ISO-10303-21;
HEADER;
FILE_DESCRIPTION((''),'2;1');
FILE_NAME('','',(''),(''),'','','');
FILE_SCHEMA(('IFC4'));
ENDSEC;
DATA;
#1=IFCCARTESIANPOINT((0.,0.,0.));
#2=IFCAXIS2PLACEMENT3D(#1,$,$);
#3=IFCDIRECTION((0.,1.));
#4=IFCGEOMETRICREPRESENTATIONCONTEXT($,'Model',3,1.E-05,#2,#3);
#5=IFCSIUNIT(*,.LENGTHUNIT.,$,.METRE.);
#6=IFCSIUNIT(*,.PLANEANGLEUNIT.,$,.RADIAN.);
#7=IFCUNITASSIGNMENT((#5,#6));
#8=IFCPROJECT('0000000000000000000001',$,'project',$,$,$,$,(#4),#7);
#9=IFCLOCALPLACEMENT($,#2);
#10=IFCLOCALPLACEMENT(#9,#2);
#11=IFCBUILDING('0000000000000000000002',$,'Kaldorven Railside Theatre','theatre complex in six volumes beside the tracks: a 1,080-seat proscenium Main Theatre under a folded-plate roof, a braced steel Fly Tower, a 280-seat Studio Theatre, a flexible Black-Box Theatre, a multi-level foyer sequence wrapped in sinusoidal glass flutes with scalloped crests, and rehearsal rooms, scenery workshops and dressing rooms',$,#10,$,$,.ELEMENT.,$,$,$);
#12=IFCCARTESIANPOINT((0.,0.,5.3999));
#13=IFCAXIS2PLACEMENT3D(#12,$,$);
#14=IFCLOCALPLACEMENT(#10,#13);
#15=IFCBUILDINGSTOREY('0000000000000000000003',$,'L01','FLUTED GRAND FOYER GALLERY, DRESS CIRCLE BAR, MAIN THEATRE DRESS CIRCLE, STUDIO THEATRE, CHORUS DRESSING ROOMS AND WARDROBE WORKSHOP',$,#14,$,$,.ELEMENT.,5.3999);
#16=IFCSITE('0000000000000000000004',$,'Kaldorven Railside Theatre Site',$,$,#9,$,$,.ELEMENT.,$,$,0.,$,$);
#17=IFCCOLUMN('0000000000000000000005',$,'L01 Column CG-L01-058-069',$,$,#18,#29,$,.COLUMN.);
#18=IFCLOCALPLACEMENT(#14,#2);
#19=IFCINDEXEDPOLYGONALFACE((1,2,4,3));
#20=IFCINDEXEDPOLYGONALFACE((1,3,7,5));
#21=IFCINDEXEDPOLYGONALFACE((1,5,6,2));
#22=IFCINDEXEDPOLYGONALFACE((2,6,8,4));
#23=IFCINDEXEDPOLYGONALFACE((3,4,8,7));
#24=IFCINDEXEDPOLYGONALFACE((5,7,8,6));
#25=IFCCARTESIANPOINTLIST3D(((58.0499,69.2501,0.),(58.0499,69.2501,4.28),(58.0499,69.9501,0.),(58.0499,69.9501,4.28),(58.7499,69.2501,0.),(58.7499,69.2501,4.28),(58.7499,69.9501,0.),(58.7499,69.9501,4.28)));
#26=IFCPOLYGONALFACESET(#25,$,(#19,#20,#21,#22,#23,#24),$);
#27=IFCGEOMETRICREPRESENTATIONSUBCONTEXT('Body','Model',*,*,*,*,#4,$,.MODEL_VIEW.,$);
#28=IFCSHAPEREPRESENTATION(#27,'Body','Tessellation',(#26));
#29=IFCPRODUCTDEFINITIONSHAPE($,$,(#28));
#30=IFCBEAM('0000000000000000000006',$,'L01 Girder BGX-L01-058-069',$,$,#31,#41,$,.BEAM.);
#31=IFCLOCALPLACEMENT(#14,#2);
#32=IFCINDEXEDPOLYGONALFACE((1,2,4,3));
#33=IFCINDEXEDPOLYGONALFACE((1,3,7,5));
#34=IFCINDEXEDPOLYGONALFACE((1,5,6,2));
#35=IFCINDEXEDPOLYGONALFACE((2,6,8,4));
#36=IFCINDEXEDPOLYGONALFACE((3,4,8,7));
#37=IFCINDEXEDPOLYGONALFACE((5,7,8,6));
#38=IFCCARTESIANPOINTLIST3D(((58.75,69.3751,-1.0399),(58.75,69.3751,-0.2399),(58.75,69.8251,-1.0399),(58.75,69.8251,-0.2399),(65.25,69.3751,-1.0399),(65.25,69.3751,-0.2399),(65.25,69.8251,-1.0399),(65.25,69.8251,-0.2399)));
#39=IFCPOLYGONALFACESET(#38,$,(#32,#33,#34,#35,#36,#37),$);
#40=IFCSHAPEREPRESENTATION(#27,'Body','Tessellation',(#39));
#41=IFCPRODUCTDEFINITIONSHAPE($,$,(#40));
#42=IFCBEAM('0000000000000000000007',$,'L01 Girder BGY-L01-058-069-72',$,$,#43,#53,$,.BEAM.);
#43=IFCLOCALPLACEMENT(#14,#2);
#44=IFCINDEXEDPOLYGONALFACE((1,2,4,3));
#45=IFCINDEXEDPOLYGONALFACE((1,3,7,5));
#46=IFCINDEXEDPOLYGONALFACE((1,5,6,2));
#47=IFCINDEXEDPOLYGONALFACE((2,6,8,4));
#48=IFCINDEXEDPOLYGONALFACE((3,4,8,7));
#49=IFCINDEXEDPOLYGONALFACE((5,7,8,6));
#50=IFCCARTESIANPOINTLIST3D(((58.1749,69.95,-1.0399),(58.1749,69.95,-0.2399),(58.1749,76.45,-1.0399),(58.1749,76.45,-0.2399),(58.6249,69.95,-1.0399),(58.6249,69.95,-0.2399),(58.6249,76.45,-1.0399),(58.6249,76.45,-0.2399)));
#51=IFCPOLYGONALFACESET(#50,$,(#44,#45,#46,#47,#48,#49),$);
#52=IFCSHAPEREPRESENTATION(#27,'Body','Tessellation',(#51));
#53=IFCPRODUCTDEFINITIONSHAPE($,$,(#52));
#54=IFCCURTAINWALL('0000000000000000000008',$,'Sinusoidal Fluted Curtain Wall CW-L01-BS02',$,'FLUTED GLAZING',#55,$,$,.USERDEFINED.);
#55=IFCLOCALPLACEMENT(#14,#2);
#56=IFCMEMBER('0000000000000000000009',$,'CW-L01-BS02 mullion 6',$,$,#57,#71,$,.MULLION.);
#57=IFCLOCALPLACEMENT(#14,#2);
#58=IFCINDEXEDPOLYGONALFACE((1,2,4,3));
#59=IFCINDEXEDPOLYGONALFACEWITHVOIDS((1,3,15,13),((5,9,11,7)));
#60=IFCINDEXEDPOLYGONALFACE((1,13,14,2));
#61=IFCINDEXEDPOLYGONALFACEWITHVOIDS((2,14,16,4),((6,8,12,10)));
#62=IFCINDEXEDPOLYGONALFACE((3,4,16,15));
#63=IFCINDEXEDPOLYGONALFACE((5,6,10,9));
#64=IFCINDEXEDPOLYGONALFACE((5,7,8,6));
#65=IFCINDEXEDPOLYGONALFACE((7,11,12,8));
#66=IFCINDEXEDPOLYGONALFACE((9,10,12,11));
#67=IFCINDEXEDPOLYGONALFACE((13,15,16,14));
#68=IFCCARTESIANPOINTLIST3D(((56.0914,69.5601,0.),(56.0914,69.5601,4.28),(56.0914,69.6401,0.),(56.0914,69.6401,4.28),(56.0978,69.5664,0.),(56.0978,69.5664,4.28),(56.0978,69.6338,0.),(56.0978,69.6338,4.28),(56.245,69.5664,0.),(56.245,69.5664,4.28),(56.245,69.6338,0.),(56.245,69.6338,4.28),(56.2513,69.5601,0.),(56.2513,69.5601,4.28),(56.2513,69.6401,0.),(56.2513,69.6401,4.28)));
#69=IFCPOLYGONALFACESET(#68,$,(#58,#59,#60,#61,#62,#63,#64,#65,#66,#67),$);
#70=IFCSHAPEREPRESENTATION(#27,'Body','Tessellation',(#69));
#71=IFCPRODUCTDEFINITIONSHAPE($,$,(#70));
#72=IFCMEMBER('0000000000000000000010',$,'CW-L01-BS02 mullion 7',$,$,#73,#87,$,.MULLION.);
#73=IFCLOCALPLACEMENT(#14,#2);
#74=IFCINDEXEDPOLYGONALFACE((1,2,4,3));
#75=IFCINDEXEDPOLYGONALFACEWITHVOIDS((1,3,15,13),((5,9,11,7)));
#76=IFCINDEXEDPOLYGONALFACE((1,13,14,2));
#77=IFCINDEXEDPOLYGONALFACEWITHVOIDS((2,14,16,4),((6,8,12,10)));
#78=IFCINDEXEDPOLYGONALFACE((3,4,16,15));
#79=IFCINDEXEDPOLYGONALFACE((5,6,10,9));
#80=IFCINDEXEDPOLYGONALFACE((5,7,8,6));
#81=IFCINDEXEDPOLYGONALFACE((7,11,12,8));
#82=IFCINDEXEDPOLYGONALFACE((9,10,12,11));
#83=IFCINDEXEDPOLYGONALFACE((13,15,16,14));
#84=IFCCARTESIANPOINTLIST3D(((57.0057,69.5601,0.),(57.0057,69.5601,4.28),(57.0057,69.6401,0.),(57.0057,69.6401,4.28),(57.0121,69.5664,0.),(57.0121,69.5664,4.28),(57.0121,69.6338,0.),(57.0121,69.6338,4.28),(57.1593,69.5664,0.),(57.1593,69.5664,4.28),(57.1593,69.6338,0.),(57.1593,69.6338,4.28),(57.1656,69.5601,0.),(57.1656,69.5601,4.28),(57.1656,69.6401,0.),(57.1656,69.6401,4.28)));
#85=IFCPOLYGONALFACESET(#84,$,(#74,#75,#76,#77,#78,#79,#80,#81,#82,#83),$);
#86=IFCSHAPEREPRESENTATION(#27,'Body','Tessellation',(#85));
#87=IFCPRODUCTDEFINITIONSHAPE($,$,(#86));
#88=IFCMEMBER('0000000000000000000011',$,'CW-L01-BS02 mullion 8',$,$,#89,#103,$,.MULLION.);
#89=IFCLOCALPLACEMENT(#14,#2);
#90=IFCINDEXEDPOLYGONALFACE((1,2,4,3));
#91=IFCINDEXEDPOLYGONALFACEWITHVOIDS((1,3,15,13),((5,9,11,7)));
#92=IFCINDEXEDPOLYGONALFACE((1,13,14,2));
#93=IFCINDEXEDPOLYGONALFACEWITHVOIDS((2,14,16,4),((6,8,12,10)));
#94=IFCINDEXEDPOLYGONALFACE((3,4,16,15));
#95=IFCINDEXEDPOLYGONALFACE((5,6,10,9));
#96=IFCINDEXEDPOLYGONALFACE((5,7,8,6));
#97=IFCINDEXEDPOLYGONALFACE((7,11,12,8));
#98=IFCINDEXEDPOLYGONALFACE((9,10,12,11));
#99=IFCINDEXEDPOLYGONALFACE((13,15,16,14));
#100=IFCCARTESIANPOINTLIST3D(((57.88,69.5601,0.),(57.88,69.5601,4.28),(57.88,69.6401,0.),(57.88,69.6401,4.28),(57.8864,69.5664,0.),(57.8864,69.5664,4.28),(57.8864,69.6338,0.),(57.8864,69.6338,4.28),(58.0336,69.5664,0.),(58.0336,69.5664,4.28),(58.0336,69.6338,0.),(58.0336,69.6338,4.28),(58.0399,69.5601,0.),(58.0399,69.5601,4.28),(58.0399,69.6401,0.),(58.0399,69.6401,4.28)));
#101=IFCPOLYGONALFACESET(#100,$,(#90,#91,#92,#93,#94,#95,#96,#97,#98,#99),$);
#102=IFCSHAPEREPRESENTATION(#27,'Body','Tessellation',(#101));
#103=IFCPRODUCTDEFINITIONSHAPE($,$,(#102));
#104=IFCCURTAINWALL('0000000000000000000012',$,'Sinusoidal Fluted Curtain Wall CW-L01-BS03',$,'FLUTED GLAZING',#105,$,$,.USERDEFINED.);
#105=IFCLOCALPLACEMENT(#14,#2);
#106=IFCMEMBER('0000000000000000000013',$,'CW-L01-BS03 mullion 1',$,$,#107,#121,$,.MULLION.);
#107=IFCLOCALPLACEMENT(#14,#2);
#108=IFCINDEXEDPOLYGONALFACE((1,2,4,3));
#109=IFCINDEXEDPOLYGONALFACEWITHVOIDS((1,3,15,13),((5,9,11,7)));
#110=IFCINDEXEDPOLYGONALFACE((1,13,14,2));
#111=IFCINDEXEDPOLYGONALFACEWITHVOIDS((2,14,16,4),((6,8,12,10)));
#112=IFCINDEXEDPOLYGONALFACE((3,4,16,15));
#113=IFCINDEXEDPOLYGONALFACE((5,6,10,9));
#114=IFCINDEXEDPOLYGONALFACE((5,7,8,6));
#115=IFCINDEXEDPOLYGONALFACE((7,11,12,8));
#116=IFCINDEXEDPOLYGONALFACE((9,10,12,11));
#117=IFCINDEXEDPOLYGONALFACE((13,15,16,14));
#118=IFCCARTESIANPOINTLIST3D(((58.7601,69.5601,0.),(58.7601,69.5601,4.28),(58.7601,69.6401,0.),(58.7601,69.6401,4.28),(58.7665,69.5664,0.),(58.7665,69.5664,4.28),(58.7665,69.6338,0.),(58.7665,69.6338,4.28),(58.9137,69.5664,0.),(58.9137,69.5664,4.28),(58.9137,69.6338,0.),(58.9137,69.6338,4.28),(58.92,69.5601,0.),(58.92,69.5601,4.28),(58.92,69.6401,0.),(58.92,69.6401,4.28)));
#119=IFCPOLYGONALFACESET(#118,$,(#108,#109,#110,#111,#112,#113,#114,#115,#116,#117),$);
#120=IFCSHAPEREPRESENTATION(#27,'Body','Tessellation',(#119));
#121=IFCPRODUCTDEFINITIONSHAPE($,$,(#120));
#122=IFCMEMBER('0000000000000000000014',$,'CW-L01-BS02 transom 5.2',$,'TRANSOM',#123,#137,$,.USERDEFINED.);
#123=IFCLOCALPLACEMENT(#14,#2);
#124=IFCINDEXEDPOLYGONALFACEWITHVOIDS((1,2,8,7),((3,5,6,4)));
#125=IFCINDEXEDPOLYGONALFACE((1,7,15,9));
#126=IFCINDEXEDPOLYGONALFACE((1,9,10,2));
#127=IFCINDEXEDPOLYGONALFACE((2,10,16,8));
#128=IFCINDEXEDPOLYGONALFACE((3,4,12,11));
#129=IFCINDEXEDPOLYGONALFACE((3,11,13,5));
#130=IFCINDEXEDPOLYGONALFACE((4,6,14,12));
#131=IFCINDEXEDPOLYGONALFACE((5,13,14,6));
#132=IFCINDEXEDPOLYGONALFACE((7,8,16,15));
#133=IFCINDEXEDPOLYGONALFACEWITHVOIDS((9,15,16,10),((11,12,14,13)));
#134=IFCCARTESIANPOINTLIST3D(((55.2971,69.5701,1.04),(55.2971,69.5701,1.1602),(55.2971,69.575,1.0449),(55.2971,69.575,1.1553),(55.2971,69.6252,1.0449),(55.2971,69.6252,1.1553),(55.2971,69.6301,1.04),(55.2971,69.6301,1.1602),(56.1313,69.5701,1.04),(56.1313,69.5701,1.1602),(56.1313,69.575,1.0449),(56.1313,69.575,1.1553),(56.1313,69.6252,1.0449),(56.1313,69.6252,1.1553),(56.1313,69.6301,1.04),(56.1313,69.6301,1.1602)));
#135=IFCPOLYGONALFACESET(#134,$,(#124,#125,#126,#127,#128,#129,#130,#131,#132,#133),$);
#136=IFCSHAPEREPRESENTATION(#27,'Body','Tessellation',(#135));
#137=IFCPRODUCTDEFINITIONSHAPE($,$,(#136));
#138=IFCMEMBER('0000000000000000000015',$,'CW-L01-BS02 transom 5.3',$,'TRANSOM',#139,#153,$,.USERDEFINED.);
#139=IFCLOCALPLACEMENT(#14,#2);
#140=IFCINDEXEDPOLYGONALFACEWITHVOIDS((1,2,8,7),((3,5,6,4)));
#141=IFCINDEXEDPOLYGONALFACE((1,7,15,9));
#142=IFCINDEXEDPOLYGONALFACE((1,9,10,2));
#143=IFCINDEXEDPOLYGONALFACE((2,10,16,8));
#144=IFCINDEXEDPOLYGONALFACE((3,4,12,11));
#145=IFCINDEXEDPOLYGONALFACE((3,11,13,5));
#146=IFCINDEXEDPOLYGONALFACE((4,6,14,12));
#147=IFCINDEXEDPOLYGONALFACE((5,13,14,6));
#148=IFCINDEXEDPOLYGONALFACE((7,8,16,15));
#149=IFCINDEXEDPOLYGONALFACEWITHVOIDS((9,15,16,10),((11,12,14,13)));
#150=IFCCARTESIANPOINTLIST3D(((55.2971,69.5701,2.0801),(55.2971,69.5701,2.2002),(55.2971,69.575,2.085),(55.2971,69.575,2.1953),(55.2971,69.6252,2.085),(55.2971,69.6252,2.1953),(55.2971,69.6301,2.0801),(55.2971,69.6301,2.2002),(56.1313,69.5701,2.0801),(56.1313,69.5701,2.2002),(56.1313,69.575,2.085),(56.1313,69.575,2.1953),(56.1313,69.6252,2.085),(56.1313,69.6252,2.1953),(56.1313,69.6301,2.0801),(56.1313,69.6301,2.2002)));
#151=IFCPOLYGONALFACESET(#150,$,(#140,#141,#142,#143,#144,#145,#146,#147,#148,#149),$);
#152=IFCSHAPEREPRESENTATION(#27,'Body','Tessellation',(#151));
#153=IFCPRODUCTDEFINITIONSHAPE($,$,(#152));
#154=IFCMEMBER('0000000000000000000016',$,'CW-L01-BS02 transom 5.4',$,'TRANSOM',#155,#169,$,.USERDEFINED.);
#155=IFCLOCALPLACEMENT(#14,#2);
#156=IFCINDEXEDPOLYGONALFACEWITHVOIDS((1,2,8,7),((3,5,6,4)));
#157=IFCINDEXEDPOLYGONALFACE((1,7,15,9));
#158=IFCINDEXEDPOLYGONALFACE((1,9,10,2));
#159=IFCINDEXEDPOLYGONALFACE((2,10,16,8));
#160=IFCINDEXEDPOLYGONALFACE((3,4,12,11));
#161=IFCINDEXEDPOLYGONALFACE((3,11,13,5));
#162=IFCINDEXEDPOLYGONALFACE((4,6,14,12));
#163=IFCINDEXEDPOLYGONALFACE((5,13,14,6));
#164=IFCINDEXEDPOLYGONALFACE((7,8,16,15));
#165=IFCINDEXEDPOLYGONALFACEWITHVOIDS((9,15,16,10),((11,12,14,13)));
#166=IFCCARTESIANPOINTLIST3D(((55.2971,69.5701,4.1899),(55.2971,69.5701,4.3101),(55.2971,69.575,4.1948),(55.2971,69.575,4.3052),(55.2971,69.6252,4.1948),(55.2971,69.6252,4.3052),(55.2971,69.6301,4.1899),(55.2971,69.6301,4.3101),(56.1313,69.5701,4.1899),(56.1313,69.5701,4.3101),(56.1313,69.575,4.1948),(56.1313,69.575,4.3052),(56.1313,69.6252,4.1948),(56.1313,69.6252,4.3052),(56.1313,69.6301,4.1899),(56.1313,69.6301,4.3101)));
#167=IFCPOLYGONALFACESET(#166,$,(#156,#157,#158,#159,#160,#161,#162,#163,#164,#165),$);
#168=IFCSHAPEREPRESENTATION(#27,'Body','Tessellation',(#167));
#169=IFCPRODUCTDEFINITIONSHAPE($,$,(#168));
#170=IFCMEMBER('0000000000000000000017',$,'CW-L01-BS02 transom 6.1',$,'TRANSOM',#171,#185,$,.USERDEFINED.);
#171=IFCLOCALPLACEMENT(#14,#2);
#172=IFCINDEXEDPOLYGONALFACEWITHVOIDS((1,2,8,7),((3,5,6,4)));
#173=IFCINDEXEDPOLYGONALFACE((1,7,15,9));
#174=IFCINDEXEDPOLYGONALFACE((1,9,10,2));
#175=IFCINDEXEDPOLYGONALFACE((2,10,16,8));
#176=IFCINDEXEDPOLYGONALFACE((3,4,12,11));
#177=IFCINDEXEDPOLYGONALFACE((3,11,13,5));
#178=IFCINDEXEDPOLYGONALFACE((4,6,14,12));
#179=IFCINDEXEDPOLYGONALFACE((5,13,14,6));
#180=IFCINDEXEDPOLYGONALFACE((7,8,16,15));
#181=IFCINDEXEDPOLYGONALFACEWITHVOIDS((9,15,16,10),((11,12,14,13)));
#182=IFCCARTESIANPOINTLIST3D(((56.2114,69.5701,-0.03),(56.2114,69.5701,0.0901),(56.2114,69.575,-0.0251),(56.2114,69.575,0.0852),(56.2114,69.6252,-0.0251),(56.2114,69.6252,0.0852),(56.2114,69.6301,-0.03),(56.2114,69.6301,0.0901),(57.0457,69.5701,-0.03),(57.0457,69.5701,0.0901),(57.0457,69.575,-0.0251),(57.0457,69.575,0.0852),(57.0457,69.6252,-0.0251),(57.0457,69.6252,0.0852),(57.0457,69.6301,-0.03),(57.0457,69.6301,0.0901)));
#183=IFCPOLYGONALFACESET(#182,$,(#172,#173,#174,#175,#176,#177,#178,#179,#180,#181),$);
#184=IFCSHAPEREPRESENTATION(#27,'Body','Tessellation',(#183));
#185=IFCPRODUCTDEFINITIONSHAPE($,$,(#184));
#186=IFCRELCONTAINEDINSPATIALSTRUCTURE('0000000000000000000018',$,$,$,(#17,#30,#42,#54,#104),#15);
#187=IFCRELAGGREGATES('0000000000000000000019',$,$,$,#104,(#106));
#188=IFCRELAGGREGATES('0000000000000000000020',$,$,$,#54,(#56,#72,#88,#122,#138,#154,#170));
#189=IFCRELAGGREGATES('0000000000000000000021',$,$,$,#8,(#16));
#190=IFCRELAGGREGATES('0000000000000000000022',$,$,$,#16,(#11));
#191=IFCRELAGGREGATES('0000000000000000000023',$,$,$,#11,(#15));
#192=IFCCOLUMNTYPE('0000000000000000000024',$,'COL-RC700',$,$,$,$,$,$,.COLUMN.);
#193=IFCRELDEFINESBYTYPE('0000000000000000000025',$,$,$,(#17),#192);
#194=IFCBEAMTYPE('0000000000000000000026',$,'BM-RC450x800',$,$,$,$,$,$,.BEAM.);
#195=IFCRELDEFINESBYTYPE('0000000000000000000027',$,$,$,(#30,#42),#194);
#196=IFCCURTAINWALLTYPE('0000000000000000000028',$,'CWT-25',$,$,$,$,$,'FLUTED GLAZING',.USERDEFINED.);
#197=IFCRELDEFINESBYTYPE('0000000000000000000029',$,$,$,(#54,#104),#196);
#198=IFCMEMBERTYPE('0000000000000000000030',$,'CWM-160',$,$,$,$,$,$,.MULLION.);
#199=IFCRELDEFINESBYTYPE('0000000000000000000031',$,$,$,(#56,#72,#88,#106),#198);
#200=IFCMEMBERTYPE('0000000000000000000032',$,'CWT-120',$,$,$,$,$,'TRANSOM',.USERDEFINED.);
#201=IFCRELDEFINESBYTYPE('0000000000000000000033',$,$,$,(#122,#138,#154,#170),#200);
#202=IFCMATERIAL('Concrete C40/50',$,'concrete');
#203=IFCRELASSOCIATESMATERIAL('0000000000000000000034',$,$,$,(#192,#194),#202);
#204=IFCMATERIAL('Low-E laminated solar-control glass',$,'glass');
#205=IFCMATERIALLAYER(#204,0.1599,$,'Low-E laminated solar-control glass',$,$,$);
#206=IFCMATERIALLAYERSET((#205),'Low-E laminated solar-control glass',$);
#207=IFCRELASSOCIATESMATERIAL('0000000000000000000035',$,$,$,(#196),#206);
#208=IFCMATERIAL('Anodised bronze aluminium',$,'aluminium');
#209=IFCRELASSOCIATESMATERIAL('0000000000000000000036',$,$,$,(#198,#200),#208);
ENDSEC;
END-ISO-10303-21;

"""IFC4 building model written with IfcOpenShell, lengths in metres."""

from ifc_helpers import new_model, si_unit, direction, frame, origin, origin_2d, place, context, subcontext, project, spatial, rectangle, hollow_rectangle, extrude, material, layer, layer_set, material_profile, profile_set, type_object, element, aggregate, save


model = new_model("IFC4")

# Units and contexts
model_context = context("Model", 3, precision=1e-05, world=origin(), true_north=direction((0.0, 1.0)))
body_context = subcontext(model_context, "Body", "Model", "MODEL_VIEW")
ifc_project = project(units=[si_unit("LENGTHUNIT", "METRE"), si_unit("PLANEANGLEUNIT", "RADIAN")], contexts=[model_context])

# Site, building, storey
site_placement = place(None, origin())
site = spatial("IfcSite", under=ifc_project, at=site_placement, Name="Kaldorven Railside Theatre Site", CompositionType="ELEMENT", RefElevation=0.0)
building_placement = place(site_placement, origin())
building = spatial("IfcBuilding", under=site, at=building_placement, Name="Kaldorven Railside Theatre", Description="theatre complex in six volumes beside the tracks: a 1,080-seat proscenium Main Theatre under a folded-plate roof, a braced steel Fly Tower, a 280-seat Studio Theatre, a flexible Black-Box Theatre, a multi-level foyer sequence wrapped in sinusoidal glass flutes with scalloped crests, and rehearsal rooms, scenery workshops and dressing rooms", CompositionType="ELEMENT")
storey_placement = place(building_placement, frame((0.0, 0.0, 5.3999)))
storey = spatial("IfcBuildingStorey", under=building, at=storey_placement, Name="L01", Description="FLUTED GRAND FOYER GALLERY, DRESS CIRCLE BAR, MAIN THEATRE DRESS CIRCLE, STUDIO THEATRE, CHORUS DRESSING ROOMS AND WARDROBE WORKSHOP", CompositionType="ELEMENT", Elevation=5.3999)

# Column
ifc_material_1 = material(Name="Concrete C40/50", Category="concrete")
ifc_material_profile_1 = material_profile(ifc_material_1, rectangle(XDim=0.7, YDim=0.7, at=origin_2d()), Name="RC 700x700")
ifc_profile_set_1 = profile_set([ifc_material_profile_1], Name="Concrete C40/50")
column_type = type_object("IfcColumnType", Name="COL-RC700", PredefinedType="COLUMN", material=ifc_profile_set_1)
column_placement = place(storey_placement, frame((58.3999, 69.6001, 0.0), z_axis=(0.0, 0.0, 1.0), x_axis=(1.0, 0.0, 0.0)))
element("IfcColumn", 1, at=column_placement, inside=storey, type_object=column_type, Name="L01 Column CG-L01-058-069", PredefinedType="COLUMN", context=body_context, shape_type="SweptSolid", body=[
    extrude(rectangle(XDim=0.7, YDim=0.7, at=origin_2d()), origin(), (0.0, 0.0, 1.0), 4.28),
])

# Beams
ifc_material_profile_2 = material_profile(ifc_material_1, rectangle(XDim=0.45, YDim=0.8, at=origin_2d()), Name="RC 450x800")
ifc_profile_set_2 = profile_set([ifc_material_profile_2], Name="Concrete C40/50")
beam_type = type_object("IfcBeamType", Name="BM-RC450x800", PredefinedType="BEAM", material=ifc_profile_set_2)
for number, where, z_axis, x_axis, name in (
    (2, (58.75, 69.6001, -0.6399), (1.0, 0.0, 0.0), (0.0, 1.0, 0.0), "L01 Girder BGX-L01-058-069"),
    (3, (58.3999, 69.95, -0.6399), (0.0, 1.0, 0.0), (-1.0, 0.0, 0.0), "L01 Girder BGY-L01-058-069-72"),
):
    element("IfcBeam", number, at=place(storey_placement, frame(where, z_axis=z_axis, x_axis=x_axis)), inside=storey, type_object=beam_type, Name=name, PredefinedType="BEAM", context=body_context, shape_type="SweptSolid", body=[
        extrude(rectangle(XDim=0.45, YDim=0.8, at=origin_2d()), origin(), (0.0, 0.0, 1.0), 6.5),
    ])

# Curtain wall, members
ifc_material_2 = material(Name="Low-E laminated solar-control glass", Category="glass")
ifc_layer_1 = layer(ifc_material_2, 0.1599, Name="Low-E laminated solar-control glass")
ifc_layer_set_1 = layer_set([ifc_layer_1], Name="Low-E laminated solar-control glass")
curtain_wall_type = type_object("IfcCurtainWallType", Name="CWT-25", ElementType="FLUTED GLAZING", PredefinedType="USERDEFINED", material=ifc_layer_set_1)
curtain_wall_1_placement = place(storey_placement, origin())
curtain_wall_1 = element("IfcCurtainWall", 4, at=curtain_wall_1_placement, inside=storey, type_object=curtain_wall_type, Name="Sinusoidal Fluted Curtain Wall CW-L01-BS02", ObjectType="FLUTED GLAZING", PredefinedType="USERDEFINED")
ifc_material_3 = material(Name="Anodised bronze aluminium", Category="aluminium")
ifc_material_profile_3 = material_profile(ifc_material_3, hollow_rectangle(XDim=0.0801, YDim=0.1599, WallThickness=0.0063, at=origin_2d()), Name="RHS 160x80x6.3")
ifc_profile_set_3 = profile_set([ifc_material_profile_3], Name="Anodised bronze aluminium")
member_type_1 = type_object("IfcMemberType", Name="CWM-160", PredefinedType="MULLION", material=ifc_profile_set_3)
member_1_placement = place(storey_placement, frame((56.1714, 69.6001, 0.0), z_axis=(0.0, 0.0, 1.0), x_axis=(0.0, 1.0, 0.0)))
member_1 = element("IfcMember", 5, at=member_1_placement, type_object=member_type_1, Name="CW-L01-BS02 mullion 6", PredefinedType="MULLION", context=body_context, shape_type="SweptSolid", body=[
    extrude(hollow_rectangle(XDim=0.0801, YDim=0.1599, WallThickness=0.0063, at=origin_2d()), origin(), (0.0, 0.0, 1.0), 4.28),
])
member_2_placement = place(storey_placement, frame((57.0857, 69.6001, 0.0), z_axis=(0.0, 0.0, 1.0), x_axis=(0.0, 1.0, 0.0)))
member_2 = element("IfcMember", 6, at=member_2_placement, type_object=member_type_1, Name="CW-L01-BS02 mullion 7", PredefinedType="MULLION", context=body_context, shape_type="SweptSolid", body=[
    extrude(hollow_rectangle(XDim=0.0801, YDim=0.1599, WallThickness=0.0063, at=origin_2d()), origin(), (0.0, 0.0, 1.0), 4.28),
])
member_3_placement = place(storey_placement, frame((57.96, 69.6001, 0.0), z_axis=(0.0, 0.0, 1.0), x_axis=(0.0, 1.0, 0.0)))
member_3 = element("IfcMember", 7, at=member_3_placement, type_object=member_type_1, Name="CW-L01-BS02 mullion 8", PredefinedType="MULLION", context=body_context, shape_type="SweptSolid", body=[
    extrude(hollow_rectangle(XDim=0.0801, YDim=0.1599, WallThickness=0.0063, at=origin_2d()), origin(), (0.0, 0.0, 1.0), 4.28),
])

# Curtain wall, member
curtain_wall_2_placement = place(storey_placement, origin())
curtain_wall_2 = element("IfcCurtainWall", 8, at=curtain_wall_2_placement, inside=storey, type_object=curtain_wall_type, Name="Sinusoidal Fluted Curtain Wall CW-L01-BS03", ObjectType="FLUTED GLAZING", PredefinedType="USERDEFINED")
member_4_placement = place(storey_placement, frame((58.8401, 69.6001, 0.0), z_axis=(0.0, 0.0, 1.0), x_axis=(0.0, 1.0, 0.0)))
member_4 = element("IfcMember", 9, at=member_4_placement, type_object=member_type_1, Name="CW-L01-BS03 mullion 1", PredefinedType="MULLION", context=body_context, shape_type="SweptSolid", body=[
    extrude(hollow_rectangle(XDim=0.0801, YDim=0.1599, WallThickness=0.0063, at=origin_2d()), origin(), (0.0, 0.0, 1.0), 4.28),
])

# Members
ifc_material_profile_4 = material_profile(ifc_material_3, hollow_rectangle(XDim=0.0601, YDim=0.1201, WallThickness=0.0049, at=origin_2d()), Name="RHS 120x60x5")
ifc_profile_set_4 = profile_set([ifc_material_profile_4], Name="Anodised bronze aluminium")
member_type_2 = type_object("IfcMemberType", Name="CWT-120", ElementType="TRANSOM", PredefinedType="USERDEFINED", material=ifc_profile_set_4)
member_5_placement = place(storey_placement, frame((55.2971, 69.6001, 1.1001), z_axis=(1.0, 0.0, 0.0), x_axis=(0.0, 1.0, 0.0)))
member_5 = element("IfcMember", 10, at=member_5_placement, type_object=member_type_2, Name="CW-L01-BS02 transom 5.2", ObjectType="TRANSOM", PredefinedType="USERDEFINED", context=body_context, shape_type="SweptSolid", body=[
    extrude(hollow_rectangle(XDim=0.0601, YDim=0.1201, WallThickness=0.0049, at=origin_2d()), origin(), (0.0, 0.0, 1.0), 0.8342),
])
member_6_placement = place(storey_placement, frame((55.2971, 69.6001, 2.1401), z_axis=(1.0, 0.0, 0.0), x_axis=(0.0, 1.0, 0.0)))
member_6 = element("IfcMember", 11, at=member_6_placement, type_object=member_type_2, Name="CW-L01-BS02 transom 5.3", ObjectType="TRANSOM", PredefinedType="USERDEFINED", context=body_context, shape_type="SweptSolid", body=[
    extrude(hollow_rectangle(XDim=0.0601, YDim=0.1201, WallThickness=0.0049, at=origin_2d()), origin(), (0.0, 0.0, 1.0), 0.8342),
])
member_7_placement = place(storey_placement, frame((55.2971, 69.6001, 4.25), z_axis=(1.0, 0.0, 0.0), x_axis=(0.0, 1.0, 0.0)))
member_7 = element("IfcMember", 12, at=member_7_placement, type_object=member_type_2, Name="CW-L01-BS02 transom 5.4", ObjectType="TRANSOM", PredefinedType="USERDEFINED", context=body_context, shape_type="SweptSolid", body=[
    extrude(hollow_rectangle(XDim=0.0601, YDim=0.1201, WallThickness=0.0049, at=origin_2d()), origin(), (0.0, 0.0, 1.0), 0.8342),
])
member_8_placement = place(storey_placement, frame((56.2114, 69.6001, 0.03), z_axis=(1.0, 0.0, 0.0), x_axis=(0.0, 1.0, 0.0)))
member_8 = element("IfcMember", 13, at=member_8_placement, type_object=member_type_2, Name="CW-L01-BS02 transom 6.1", ObjectType="TRANSOM", PredefinedType="USERDEFINED", context=body_context, shape_type="SweptSolid", body=[
    extrude(hollow_rectangle(XDim=0.0601, YDim=0.1201, WallThickness=0.0049, at=origin_2d()), origin(), (0.0, 0.0, 1.0), 0.8342),
])
aggregate(curtain_wall_2, [member_4])

aggregate(curtain_wall_1, [member_1, member_2, member_3, member_5, member_6, member_7, member_8])

save(model, "model.ifc")
